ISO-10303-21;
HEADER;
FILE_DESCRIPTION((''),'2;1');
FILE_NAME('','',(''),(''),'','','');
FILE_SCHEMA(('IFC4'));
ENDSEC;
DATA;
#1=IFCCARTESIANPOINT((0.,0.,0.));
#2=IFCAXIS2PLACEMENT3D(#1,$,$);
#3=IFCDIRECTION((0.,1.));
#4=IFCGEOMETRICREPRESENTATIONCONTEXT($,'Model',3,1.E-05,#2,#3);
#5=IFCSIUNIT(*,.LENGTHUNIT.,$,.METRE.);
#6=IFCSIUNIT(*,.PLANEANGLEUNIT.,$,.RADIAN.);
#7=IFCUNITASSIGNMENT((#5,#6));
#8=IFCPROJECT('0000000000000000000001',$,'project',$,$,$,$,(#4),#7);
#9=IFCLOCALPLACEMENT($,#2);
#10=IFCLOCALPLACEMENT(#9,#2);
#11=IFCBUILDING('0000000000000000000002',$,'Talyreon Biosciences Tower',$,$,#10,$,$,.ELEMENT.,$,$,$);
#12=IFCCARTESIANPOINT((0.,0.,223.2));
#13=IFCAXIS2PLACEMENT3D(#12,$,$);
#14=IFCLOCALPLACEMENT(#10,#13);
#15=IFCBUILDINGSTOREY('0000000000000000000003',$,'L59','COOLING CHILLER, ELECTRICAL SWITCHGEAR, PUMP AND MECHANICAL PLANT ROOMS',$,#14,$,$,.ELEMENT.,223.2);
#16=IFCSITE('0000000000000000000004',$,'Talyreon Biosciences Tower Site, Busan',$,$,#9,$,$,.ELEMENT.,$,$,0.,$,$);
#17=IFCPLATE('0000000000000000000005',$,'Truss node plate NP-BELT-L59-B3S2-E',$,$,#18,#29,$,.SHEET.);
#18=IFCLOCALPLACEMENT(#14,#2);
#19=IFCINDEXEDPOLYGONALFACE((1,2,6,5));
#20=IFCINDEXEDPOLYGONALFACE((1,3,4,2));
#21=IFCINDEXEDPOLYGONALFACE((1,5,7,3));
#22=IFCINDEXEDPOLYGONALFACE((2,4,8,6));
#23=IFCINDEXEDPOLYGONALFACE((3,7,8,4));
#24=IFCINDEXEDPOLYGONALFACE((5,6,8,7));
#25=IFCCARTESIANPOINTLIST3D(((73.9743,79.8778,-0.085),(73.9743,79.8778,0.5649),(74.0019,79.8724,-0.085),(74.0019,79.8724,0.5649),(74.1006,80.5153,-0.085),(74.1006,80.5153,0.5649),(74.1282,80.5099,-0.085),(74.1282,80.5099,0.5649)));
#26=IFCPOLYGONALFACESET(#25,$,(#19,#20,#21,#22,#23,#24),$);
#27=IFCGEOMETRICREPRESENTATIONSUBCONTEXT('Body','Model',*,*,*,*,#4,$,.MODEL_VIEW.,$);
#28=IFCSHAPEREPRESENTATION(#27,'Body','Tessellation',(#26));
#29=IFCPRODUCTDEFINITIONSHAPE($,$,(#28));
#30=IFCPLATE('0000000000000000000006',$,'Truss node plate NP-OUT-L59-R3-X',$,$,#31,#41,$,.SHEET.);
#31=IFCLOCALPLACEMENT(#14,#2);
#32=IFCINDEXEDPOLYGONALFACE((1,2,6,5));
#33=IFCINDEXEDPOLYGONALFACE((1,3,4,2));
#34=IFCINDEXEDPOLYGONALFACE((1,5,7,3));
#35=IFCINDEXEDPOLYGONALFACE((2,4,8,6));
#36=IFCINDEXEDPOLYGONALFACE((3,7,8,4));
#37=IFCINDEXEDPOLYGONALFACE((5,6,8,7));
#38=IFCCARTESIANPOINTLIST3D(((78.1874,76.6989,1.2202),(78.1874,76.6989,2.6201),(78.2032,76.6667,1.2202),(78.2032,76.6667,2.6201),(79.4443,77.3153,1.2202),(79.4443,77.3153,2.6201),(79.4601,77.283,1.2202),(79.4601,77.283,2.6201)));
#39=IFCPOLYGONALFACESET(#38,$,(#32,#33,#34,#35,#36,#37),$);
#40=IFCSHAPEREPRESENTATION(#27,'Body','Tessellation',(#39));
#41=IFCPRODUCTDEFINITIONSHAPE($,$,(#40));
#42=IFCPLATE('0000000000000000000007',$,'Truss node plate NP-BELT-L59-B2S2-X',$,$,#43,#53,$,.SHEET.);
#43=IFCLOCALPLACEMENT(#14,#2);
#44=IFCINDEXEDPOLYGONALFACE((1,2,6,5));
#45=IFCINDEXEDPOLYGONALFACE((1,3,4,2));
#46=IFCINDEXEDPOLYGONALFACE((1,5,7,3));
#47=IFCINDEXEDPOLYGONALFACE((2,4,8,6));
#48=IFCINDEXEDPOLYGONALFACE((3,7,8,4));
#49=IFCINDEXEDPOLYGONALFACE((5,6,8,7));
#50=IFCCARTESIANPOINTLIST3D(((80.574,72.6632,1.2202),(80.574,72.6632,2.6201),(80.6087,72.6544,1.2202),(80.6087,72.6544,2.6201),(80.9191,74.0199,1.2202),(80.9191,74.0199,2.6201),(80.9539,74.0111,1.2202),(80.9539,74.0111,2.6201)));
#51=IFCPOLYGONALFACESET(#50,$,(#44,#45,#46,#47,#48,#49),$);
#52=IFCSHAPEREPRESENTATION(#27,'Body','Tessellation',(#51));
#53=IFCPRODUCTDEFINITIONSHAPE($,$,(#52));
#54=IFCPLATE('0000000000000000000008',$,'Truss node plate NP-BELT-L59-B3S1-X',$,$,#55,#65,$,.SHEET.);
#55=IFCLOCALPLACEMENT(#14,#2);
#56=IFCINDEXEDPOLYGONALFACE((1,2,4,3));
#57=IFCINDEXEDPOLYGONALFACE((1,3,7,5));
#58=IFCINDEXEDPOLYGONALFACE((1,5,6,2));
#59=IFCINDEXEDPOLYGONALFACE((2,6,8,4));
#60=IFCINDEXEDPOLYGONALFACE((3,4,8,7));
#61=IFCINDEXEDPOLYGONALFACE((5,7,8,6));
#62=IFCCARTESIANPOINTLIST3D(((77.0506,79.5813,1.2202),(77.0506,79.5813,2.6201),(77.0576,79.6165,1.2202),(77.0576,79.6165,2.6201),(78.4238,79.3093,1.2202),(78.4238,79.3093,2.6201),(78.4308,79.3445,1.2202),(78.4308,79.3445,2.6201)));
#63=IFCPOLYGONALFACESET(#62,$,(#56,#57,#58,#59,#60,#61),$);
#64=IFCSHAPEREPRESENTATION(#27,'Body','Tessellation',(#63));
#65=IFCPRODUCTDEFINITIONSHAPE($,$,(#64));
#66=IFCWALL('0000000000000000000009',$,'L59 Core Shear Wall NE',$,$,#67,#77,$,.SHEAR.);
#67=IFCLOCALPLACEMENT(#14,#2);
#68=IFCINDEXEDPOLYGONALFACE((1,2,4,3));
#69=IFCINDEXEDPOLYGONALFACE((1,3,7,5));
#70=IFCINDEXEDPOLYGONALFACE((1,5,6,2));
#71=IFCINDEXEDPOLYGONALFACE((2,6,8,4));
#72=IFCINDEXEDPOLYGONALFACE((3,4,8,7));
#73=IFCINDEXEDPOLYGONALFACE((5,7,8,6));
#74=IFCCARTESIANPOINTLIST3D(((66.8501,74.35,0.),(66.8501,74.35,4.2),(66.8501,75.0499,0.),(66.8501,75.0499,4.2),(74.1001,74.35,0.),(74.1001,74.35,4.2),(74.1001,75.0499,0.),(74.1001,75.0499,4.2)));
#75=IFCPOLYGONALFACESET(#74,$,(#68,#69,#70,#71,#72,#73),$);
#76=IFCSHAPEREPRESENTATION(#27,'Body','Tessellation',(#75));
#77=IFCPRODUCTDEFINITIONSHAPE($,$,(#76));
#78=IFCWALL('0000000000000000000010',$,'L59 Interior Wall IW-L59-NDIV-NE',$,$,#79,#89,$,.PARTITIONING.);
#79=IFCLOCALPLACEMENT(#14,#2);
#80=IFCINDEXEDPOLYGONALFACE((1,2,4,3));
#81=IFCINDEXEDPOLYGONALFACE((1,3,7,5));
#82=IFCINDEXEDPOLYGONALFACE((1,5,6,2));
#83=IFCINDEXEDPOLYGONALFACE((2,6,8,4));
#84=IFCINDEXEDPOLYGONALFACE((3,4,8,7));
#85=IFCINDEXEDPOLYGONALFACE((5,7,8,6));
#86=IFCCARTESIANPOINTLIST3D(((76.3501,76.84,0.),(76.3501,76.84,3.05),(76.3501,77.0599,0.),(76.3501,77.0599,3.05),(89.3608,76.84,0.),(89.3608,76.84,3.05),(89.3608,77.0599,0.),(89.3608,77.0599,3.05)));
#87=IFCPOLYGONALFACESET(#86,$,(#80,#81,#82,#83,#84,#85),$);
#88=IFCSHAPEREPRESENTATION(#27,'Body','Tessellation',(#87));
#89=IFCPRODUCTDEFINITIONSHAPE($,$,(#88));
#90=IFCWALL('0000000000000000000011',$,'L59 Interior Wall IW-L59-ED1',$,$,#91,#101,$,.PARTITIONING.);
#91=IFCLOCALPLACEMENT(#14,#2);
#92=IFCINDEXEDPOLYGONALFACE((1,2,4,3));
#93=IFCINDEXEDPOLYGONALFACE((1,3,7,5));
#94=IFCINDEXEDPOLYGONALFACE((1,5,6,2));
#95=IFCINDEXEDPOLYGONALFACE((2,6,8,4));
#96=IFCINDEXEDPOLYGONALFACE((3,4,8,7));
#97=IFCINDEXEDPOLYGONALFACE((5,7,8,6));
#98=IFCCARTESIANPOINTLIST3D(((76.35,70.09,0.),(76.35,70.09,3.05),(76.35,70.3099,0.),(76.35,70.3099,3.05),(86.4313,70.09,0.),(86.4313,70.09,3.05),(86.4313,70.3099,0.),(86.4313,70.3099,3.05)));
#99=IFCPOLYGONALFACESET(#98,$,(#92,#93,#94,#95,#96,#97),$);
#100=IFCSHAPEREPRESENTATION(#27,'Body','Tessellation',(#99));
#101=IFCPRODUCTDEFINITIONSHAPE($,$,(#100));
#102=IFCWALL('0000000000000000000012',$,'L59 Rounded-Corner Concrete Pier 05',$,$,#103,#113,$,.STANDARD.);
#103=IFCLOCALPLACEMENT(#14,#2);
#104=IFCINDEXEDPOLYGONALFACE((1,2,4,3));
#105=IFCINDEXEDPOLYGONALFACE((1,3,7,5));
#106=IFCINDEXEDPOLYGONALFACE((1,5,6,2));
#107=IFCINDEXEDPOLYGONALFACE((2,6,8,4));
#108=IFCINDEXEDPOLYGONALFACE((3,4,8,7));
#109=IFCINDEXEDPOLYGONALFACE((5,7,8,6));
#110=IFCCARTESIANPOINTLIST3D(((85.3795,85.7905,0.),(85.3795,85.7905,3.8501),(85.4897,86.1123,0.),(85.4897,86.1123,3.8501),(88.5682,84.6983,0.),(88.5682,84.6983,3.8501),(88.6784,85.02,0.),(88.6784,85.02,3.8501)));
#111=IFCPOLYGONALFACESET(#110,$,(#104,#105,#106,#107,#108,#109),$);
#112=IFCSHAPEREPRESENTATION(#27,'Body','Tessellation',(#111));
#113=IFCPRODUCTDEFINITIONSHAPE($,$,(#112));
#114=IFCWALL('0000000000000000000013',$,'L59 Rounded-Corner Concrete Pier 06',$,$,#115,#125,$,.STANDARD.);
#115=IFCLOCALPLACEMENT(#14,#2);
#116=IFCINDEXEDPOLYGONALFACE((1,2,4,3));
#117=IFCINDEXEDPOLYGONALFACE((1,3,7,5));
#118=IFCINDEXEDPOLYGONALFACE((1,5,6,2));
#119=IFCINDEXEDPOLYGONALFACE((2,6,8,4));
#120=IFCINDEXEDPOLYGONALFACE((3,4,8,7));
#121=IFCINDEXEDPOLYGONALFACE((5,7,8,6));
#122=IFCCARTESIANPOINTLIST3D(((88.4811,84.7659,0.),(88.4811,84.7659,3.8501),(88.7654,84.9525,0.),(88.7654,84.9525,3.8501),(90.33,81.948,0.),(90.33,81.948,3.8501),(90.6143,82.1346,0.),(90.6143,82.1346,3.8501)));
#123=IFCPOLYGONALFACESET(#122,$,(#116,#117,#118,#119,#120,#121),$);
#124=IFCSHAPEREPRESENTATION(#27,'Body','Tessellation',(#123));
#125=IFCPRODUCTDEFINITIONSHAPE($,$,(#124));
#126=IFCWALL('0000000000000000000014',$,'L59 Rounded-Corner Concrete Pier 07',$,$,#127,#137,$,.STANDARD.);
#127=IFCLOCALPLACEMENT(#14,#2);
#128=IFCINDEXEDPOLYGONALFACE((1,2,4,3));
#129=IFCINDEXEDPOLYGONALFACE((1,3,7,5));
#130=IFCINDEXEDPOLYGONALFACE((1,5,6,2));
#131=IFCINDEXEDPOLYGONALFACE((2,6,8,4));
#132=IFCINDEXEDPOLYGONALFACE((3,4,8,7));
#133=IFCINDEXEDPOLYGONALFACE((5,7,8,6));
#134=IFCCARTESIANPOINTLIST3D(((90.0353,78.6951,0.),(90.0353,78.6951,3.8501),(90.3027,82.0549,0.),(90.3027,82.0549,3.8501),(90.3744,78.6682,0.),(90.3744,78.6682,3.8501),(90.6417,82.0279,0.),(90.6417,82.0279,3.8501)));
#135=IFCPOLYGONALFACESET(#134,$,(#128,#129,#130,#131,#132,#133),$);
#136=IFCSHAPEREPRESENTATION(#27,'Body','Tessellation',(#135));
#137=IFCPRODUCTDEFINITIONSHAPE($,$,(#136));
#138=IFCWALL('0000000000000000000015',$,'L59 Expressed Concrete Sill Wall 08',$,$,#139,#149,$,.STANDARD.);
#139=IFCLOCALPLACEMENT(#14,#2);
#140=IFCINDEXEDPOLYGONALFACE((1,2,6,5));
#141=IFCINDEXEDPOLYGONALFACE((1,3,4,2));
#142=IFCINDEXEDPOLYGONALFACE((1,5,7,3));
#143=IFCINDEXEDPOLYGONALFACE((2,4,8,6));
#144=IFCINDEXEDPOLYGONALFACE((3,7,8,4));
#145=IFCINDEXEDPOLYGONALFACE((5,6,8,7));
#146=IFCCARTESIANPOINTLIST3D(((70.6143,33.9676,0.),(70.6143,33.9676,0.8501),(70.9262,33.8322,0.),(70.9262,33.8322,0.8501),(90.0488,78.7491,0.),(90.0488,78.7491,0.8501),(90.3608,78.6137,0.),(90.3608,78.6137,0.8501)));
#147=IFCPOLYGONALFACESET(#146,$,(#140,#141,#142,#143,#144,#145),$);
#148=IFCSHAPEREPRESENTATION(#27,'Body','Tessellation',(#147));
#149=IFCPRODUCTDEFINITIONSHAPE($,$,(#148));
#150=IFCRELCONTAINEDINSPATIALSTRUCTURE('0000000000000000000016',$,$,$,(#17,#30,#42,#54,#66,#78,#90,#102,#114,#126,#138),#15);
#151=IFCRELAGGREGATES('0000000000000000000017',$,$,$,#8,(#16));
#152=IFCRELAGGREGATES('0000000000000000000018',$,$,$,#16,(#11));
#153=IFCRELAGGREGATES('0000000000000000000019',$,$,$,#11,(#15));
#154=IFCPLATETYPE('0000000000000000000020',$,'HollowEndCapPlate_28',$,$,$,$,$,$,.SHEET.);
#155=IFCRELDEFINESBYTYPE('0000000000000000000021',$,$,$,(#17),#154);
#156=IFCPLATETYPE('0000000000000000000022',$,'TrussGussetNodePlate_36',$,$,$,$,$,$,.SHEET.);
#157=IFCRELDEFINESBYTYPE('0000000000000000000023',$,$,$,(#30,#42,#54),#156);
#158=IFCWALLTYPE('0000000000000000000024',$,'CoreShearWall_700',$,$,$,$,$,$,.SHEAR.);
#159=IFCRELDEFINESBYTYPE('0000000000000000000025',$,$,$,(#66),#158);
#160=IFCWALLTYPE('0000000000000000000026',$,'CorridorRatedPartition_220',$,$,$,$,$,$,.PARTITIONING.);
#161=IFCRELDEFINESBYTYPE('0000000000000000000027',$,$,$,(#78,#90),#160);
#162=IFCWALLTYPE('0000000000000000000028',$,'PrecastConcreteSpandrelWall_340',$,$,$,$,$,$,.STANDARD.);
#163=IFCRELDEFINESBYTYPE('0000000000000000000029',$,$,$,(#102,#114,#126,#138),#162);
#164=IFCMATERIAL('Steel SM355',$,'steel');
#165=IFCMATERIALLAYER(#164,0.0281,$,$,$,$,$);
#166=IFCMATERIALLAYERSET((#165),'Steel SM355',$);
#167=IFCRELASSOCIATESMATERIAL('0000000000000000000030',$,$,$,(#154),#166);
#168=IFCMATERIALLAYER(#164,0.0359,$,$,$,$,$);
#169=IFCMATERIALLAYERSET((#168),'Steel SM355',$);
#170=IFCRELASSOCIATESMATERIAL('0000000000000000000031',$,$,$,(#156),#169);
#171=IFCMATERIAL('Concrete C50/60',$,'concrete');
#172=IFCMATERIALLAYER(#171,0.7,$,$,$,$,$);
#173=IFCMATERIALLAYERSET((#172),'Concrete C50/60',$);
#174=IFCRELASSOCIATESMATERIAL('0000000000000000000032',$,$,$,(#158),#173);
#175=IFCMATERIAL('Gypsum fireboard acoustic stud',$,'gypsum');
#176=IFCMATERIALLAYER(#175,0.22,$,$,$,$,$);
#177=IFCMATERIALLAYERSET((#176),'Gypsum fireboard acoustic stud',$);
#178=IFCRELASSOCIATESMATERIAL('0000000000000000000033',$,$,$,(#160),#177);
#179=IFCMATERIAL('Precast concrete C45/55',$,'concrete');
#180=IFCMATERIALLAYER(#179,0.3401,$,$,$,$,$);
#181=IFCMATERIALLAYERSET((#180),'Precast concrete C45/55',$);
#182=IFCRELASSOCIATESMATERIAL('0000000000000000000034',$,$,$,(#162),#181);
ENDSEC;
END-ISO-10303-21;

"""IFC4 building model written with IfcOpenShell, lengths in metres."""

from ifc_helpers import new_model, si_unit, direction, frame, frame_2d, origin, origin_2d, place, context, subcontext, project, spatial, rectangle, extrude, material, layer, layer_set, type_object, element, save


model = new_model("IFC4")

# Units and contexts
model_context = context("Model", 3, precision=1e-05, world=origin(), true_north=direction((0.0, 1.0)))
body_context = subcontext(model_context, "Body", "Model", "MODEL_VIEW")
ifc_project = project(units=[si_unit("LENGTHUNIT", "METRE"), si_unit("PLANEANGLEUNIT", "RADIAN")], contexts=[model_context])

# Site, building, storey
site_placement = place(None, origin())
site = spatial("IfcSite", under=ifc_project, at=site_placement, Name="Talyreon Biosciences Tower Site, Busan", CompositionType="ELEMENT", RefElevation=0.0)
building_placement = place(site_placement, origin())
building = spatial("IfcBuilding", under=site, at=building_placement, Name="Talyreon Biosciences Tower", CompositionType="ELEMENT")
storey_placement = place(building_placement, frame((0.0, 0.0, 223.2)))
storey = spatial("IfcBuildingStorey", under=building, at=storey_placement, Name="L59", Description="COOLING CHILLER, ELECTRICAL SWITCHGEAR, PUMP AND MECHANICAL PLANT ROOMS", CompositionType="ELEMENT", Elevation=223.2)

# Shared definitions
ifc_material_1 = material(Name="Concrete C50/60", Category="concrete")

# Shared definitions
ifc_material_2 = material(Name="Steel SM355", Category="steel")

# Shared definitions
ifc_material_3 = material(Name="Precast concrete C45/55", Category="concrete")

# Plates
ifc_layer_1 = layer(ifc_material_2, 0.0281)
ifc_layer_set_1 = layer_set([ifc_layer_1], Name="Steel SM355")
plate_type_1 = type_object("IfcPlateType", Name="HollowEndCapPlate_28", PredefinedType="SHEET", material=ifc_layer_set_1)
for number, where, z_axis, x_axis, name in (
    (1, (74.0513, 80.1938, -0.085), (0.0, 0.0, 1.0), (-0.194337, -0.980935, 0.0), "Truss node plate NP-BELT-L59-B3S2-E"),
):
    element("IfcPlate", number, at=place(storey_placement, frame(where, z_axis=z_axis, x_axis=x_axis)), inside=storey, type_object=plate_type_1, Name=name, PredefinedType="SHEET", context=body_context, shape_type="SweptSolid", body=[
        extrude(rectangle(XDim=0.6499, YDim=0.0281, at=origin_2d()), origin(), (0.0, 0.0, 1.0), 0.6499),
    ])
ifc_layer_2 = layer(ifc_material_2, 0.0359)
ifc_layer_set_2 = layer_set([ifc_layer_2], Name="Steel SM355")
plate_type_2 = type_object("IfcPlateType", Name="TrussGussetNodePlate_36", PredefinedType="SHEET", material=ifc_layer_set_2)
for number, where, z_axis, x_axis, name in (
    (2, (78.8237, 76.991, 1.2202), (0.0, 0.0, 1.0), (0.897859, 0.440284, 0.0), "Truss node plate NP-OUT-L59-R3-X"),
    (3, (80.7639, 73.3372, 1.2202), (0.0, 0.0, 1.0), (0.246542, 0.969132, 0.0), "Truss node plate NP-BELT-L59-B2S2-X"),
    (4, (77.7407, 79.4629, 1.2202), (0.0, 0.0, 1.0), (-0.980935, 0.194337, 0.0), "Truss node plate NP-BELT-L59-B3S1-X"),
):
    element("IfcPlate", number, at=place(storey_placement, frame(where, z_axis=z_axis, x_axis=x_axis)), inside=storey, type_object=plate_type_2, Name=name, PredefinedType="SHEET", context=body_context, shape_type="SweptSolid", body=[
        extrude(rectangle(XDim=1.3999, YDim=0.0359, at=origin_2d()), origin(), (0.0, 0.0, 1.0), 1.3999),
    ])

# Walls
ifc_layer_3 = layer(ifc_material_1, 0.7)
ifc_layer_set_3 = layer_set([ifc_layer_3], Name="Concrete C50/60")
wall_type_1 = type_object("IfcWallType", Name="CoreShearWall_700", PredefinedType="SHEAR", material=ifc_layer_set_3)
wall_1_placement = place(storey_placement, frame((74.1001, 74.7, 0.0), z_axis=(0.0, 0.0, 1.0), x_axis=(-1.0, 0.0, 0.0)))
element("IfcWall", 5, at=wall_1_placement, inside=storey, type_object=wall_type_1, Name="L59 Core Shear Wall NE", PredefinedType="SHEAR", context=body_context, shape_type="SweptSolid", body=[
    extrude(rectangle(XDim=7.25, YDim=0.7, at=frame_2d((3.625, 0.0))), origin(), (0.0, 0.0, 1.0), 4.2),
])
ifc_material_4 = material(Name="Gypsum fireboard acoustic stud", Category="gypsum")
ifc_layer_4 = layer(ifc_material_4, 0.22)
ifc_layer_set_4 = layer_set([ifc_layer_4], Name="Gypsum fireboard acoustic stud")
wall_type_2 = type_object("IfcWallType", Name="CorridorRatedPartition_220", PredefinedType="PARTITIONING", material=ifc_layer_set_4)
wall_2_placement = place(storey_placement, frame((76.3501, 76.95, 0.0), z_axis=(0.0, 0.0, 1.0), x_axis=(1.0, 0.0, 0.0)))
element("IfcWall", 6, at=wall_2_placement, inside=storey, type_object=wall_type_2, Name="L59 Interior Wall IW-L59-NDIV-NE", PredefinedType="PARTITIONING", context=body_context, shape_type="SweptSolid", body=[
    extrude(rectangle(XDim=13.0107, YDim=0.22, at=frame_2d((6.5054, 0.0))), origin(), (0.0, 0.0, 1.0), 3.05),
])
wall_3_placement = place(storey_placement, frame((76.3501, 70.2, 0.0), z_axis=(0.0, 0.0, 1.0), x_axis=(1.0, 0.0, 0.0)))
element("IfcWall", 7, at=wall_3_placement, inside=storey, type_object=wall_type_2, Name="L59 Interior Wall IW-L59-ED1", PredefinedType="PARTITIONING", context=body_context, shape_type="SweptSolid", body=[
    extrude(rectangle(XDim=10.0813, YDim=0.22, at=frame_2d((5.0405, 0.0))), origin(), (0.0, 0.0, 1.0), 3.05),
])
ifc_layer_5 = layer(ifc_material_3, 0.3401)
ifc_layer_set_5 = layer_set([ifc_layer_5], Name="Precast concrete C45/55")
wall_type_3 = type_object("IfcWallType", Name="PrecastConcreteSpandrelWall_340", PredefinedType="STANDARD", material=ifc_layer_set_5)
wall_4_placement = place(storey_placement, frame((85.4346, 85.9514, 0.0), z_axis=(0.0, 0.0, 1.0), x_axis=(0.946036, -0.324061, 0.0)))
element("IfcWall", 8, at=wall_4_placement, inside=storey, type_object=wall_type_3, Name="L59 Rounded-Corner Concrete Pier 05", PredefinedType="STANDARD", context=body_context, shape_type="SweptSolid", body=[
    extrude(rectangle(XDim=3.3706, YDim=0.3401, at=frame_2d((1.6853, 0.0))), origin(), (0.0, 0.0, 1.0), 3.8501),
])
for number, where, z_axis, x_axis, name in (
    (9, (88.6233, 84.8591, 0.0), (0.0, 0.0, 1.0), (0.548584, -0.836096, 0.0), "L59 Rounded-Corner Concrete Pier 06"),
    (10, (90.4722, 82.0413, 0.0), (0.0, 0.0, 1.0), (-0.079316, -0.99685, 0.0), "L59 Rounded-Corner Concrete Pier 07"),
):
    element("IfcWall", number, at=place(storey_placement, frame(where, z_axis=z_axis, x_axis=x_axis)), inside=storey, type_object=wall_type_3, Name=name, PredefinedType="STANDARD", context=body_context, shape_type="SweptSolid", body=[
        extrude(rectangle(XDim=3.3704, YDim=0.3401, at=frame_2d((1.6851, 0.0))), origin(), (0.0, 0.0, 1.0), 3.8501),
    ])
wall_5_placement = place(storey_placement, frame((90.2048, 78.6814, 0.0), z_axis=(0.0, 0.0, 1.0), x_axis=(-0.398112, -0.917337, 0.0)))
element("IfcWall", 11, at=wall_5_placement, inside=storey, type_object=wall_type_3, Name="L59 Expressed Concrete Sill Wall 08", PredefinedType="STANDARD", context=body_context, shape_type="SweptSolid", body=[
    extrude(rectangle(XDim=48.8169, YDim=0.3401, at=frame_2d((24.4084, 0.0))), origin(), (0.0, 0.0, 1.0), 0.8501),
])

save(model, "model.ifc")
